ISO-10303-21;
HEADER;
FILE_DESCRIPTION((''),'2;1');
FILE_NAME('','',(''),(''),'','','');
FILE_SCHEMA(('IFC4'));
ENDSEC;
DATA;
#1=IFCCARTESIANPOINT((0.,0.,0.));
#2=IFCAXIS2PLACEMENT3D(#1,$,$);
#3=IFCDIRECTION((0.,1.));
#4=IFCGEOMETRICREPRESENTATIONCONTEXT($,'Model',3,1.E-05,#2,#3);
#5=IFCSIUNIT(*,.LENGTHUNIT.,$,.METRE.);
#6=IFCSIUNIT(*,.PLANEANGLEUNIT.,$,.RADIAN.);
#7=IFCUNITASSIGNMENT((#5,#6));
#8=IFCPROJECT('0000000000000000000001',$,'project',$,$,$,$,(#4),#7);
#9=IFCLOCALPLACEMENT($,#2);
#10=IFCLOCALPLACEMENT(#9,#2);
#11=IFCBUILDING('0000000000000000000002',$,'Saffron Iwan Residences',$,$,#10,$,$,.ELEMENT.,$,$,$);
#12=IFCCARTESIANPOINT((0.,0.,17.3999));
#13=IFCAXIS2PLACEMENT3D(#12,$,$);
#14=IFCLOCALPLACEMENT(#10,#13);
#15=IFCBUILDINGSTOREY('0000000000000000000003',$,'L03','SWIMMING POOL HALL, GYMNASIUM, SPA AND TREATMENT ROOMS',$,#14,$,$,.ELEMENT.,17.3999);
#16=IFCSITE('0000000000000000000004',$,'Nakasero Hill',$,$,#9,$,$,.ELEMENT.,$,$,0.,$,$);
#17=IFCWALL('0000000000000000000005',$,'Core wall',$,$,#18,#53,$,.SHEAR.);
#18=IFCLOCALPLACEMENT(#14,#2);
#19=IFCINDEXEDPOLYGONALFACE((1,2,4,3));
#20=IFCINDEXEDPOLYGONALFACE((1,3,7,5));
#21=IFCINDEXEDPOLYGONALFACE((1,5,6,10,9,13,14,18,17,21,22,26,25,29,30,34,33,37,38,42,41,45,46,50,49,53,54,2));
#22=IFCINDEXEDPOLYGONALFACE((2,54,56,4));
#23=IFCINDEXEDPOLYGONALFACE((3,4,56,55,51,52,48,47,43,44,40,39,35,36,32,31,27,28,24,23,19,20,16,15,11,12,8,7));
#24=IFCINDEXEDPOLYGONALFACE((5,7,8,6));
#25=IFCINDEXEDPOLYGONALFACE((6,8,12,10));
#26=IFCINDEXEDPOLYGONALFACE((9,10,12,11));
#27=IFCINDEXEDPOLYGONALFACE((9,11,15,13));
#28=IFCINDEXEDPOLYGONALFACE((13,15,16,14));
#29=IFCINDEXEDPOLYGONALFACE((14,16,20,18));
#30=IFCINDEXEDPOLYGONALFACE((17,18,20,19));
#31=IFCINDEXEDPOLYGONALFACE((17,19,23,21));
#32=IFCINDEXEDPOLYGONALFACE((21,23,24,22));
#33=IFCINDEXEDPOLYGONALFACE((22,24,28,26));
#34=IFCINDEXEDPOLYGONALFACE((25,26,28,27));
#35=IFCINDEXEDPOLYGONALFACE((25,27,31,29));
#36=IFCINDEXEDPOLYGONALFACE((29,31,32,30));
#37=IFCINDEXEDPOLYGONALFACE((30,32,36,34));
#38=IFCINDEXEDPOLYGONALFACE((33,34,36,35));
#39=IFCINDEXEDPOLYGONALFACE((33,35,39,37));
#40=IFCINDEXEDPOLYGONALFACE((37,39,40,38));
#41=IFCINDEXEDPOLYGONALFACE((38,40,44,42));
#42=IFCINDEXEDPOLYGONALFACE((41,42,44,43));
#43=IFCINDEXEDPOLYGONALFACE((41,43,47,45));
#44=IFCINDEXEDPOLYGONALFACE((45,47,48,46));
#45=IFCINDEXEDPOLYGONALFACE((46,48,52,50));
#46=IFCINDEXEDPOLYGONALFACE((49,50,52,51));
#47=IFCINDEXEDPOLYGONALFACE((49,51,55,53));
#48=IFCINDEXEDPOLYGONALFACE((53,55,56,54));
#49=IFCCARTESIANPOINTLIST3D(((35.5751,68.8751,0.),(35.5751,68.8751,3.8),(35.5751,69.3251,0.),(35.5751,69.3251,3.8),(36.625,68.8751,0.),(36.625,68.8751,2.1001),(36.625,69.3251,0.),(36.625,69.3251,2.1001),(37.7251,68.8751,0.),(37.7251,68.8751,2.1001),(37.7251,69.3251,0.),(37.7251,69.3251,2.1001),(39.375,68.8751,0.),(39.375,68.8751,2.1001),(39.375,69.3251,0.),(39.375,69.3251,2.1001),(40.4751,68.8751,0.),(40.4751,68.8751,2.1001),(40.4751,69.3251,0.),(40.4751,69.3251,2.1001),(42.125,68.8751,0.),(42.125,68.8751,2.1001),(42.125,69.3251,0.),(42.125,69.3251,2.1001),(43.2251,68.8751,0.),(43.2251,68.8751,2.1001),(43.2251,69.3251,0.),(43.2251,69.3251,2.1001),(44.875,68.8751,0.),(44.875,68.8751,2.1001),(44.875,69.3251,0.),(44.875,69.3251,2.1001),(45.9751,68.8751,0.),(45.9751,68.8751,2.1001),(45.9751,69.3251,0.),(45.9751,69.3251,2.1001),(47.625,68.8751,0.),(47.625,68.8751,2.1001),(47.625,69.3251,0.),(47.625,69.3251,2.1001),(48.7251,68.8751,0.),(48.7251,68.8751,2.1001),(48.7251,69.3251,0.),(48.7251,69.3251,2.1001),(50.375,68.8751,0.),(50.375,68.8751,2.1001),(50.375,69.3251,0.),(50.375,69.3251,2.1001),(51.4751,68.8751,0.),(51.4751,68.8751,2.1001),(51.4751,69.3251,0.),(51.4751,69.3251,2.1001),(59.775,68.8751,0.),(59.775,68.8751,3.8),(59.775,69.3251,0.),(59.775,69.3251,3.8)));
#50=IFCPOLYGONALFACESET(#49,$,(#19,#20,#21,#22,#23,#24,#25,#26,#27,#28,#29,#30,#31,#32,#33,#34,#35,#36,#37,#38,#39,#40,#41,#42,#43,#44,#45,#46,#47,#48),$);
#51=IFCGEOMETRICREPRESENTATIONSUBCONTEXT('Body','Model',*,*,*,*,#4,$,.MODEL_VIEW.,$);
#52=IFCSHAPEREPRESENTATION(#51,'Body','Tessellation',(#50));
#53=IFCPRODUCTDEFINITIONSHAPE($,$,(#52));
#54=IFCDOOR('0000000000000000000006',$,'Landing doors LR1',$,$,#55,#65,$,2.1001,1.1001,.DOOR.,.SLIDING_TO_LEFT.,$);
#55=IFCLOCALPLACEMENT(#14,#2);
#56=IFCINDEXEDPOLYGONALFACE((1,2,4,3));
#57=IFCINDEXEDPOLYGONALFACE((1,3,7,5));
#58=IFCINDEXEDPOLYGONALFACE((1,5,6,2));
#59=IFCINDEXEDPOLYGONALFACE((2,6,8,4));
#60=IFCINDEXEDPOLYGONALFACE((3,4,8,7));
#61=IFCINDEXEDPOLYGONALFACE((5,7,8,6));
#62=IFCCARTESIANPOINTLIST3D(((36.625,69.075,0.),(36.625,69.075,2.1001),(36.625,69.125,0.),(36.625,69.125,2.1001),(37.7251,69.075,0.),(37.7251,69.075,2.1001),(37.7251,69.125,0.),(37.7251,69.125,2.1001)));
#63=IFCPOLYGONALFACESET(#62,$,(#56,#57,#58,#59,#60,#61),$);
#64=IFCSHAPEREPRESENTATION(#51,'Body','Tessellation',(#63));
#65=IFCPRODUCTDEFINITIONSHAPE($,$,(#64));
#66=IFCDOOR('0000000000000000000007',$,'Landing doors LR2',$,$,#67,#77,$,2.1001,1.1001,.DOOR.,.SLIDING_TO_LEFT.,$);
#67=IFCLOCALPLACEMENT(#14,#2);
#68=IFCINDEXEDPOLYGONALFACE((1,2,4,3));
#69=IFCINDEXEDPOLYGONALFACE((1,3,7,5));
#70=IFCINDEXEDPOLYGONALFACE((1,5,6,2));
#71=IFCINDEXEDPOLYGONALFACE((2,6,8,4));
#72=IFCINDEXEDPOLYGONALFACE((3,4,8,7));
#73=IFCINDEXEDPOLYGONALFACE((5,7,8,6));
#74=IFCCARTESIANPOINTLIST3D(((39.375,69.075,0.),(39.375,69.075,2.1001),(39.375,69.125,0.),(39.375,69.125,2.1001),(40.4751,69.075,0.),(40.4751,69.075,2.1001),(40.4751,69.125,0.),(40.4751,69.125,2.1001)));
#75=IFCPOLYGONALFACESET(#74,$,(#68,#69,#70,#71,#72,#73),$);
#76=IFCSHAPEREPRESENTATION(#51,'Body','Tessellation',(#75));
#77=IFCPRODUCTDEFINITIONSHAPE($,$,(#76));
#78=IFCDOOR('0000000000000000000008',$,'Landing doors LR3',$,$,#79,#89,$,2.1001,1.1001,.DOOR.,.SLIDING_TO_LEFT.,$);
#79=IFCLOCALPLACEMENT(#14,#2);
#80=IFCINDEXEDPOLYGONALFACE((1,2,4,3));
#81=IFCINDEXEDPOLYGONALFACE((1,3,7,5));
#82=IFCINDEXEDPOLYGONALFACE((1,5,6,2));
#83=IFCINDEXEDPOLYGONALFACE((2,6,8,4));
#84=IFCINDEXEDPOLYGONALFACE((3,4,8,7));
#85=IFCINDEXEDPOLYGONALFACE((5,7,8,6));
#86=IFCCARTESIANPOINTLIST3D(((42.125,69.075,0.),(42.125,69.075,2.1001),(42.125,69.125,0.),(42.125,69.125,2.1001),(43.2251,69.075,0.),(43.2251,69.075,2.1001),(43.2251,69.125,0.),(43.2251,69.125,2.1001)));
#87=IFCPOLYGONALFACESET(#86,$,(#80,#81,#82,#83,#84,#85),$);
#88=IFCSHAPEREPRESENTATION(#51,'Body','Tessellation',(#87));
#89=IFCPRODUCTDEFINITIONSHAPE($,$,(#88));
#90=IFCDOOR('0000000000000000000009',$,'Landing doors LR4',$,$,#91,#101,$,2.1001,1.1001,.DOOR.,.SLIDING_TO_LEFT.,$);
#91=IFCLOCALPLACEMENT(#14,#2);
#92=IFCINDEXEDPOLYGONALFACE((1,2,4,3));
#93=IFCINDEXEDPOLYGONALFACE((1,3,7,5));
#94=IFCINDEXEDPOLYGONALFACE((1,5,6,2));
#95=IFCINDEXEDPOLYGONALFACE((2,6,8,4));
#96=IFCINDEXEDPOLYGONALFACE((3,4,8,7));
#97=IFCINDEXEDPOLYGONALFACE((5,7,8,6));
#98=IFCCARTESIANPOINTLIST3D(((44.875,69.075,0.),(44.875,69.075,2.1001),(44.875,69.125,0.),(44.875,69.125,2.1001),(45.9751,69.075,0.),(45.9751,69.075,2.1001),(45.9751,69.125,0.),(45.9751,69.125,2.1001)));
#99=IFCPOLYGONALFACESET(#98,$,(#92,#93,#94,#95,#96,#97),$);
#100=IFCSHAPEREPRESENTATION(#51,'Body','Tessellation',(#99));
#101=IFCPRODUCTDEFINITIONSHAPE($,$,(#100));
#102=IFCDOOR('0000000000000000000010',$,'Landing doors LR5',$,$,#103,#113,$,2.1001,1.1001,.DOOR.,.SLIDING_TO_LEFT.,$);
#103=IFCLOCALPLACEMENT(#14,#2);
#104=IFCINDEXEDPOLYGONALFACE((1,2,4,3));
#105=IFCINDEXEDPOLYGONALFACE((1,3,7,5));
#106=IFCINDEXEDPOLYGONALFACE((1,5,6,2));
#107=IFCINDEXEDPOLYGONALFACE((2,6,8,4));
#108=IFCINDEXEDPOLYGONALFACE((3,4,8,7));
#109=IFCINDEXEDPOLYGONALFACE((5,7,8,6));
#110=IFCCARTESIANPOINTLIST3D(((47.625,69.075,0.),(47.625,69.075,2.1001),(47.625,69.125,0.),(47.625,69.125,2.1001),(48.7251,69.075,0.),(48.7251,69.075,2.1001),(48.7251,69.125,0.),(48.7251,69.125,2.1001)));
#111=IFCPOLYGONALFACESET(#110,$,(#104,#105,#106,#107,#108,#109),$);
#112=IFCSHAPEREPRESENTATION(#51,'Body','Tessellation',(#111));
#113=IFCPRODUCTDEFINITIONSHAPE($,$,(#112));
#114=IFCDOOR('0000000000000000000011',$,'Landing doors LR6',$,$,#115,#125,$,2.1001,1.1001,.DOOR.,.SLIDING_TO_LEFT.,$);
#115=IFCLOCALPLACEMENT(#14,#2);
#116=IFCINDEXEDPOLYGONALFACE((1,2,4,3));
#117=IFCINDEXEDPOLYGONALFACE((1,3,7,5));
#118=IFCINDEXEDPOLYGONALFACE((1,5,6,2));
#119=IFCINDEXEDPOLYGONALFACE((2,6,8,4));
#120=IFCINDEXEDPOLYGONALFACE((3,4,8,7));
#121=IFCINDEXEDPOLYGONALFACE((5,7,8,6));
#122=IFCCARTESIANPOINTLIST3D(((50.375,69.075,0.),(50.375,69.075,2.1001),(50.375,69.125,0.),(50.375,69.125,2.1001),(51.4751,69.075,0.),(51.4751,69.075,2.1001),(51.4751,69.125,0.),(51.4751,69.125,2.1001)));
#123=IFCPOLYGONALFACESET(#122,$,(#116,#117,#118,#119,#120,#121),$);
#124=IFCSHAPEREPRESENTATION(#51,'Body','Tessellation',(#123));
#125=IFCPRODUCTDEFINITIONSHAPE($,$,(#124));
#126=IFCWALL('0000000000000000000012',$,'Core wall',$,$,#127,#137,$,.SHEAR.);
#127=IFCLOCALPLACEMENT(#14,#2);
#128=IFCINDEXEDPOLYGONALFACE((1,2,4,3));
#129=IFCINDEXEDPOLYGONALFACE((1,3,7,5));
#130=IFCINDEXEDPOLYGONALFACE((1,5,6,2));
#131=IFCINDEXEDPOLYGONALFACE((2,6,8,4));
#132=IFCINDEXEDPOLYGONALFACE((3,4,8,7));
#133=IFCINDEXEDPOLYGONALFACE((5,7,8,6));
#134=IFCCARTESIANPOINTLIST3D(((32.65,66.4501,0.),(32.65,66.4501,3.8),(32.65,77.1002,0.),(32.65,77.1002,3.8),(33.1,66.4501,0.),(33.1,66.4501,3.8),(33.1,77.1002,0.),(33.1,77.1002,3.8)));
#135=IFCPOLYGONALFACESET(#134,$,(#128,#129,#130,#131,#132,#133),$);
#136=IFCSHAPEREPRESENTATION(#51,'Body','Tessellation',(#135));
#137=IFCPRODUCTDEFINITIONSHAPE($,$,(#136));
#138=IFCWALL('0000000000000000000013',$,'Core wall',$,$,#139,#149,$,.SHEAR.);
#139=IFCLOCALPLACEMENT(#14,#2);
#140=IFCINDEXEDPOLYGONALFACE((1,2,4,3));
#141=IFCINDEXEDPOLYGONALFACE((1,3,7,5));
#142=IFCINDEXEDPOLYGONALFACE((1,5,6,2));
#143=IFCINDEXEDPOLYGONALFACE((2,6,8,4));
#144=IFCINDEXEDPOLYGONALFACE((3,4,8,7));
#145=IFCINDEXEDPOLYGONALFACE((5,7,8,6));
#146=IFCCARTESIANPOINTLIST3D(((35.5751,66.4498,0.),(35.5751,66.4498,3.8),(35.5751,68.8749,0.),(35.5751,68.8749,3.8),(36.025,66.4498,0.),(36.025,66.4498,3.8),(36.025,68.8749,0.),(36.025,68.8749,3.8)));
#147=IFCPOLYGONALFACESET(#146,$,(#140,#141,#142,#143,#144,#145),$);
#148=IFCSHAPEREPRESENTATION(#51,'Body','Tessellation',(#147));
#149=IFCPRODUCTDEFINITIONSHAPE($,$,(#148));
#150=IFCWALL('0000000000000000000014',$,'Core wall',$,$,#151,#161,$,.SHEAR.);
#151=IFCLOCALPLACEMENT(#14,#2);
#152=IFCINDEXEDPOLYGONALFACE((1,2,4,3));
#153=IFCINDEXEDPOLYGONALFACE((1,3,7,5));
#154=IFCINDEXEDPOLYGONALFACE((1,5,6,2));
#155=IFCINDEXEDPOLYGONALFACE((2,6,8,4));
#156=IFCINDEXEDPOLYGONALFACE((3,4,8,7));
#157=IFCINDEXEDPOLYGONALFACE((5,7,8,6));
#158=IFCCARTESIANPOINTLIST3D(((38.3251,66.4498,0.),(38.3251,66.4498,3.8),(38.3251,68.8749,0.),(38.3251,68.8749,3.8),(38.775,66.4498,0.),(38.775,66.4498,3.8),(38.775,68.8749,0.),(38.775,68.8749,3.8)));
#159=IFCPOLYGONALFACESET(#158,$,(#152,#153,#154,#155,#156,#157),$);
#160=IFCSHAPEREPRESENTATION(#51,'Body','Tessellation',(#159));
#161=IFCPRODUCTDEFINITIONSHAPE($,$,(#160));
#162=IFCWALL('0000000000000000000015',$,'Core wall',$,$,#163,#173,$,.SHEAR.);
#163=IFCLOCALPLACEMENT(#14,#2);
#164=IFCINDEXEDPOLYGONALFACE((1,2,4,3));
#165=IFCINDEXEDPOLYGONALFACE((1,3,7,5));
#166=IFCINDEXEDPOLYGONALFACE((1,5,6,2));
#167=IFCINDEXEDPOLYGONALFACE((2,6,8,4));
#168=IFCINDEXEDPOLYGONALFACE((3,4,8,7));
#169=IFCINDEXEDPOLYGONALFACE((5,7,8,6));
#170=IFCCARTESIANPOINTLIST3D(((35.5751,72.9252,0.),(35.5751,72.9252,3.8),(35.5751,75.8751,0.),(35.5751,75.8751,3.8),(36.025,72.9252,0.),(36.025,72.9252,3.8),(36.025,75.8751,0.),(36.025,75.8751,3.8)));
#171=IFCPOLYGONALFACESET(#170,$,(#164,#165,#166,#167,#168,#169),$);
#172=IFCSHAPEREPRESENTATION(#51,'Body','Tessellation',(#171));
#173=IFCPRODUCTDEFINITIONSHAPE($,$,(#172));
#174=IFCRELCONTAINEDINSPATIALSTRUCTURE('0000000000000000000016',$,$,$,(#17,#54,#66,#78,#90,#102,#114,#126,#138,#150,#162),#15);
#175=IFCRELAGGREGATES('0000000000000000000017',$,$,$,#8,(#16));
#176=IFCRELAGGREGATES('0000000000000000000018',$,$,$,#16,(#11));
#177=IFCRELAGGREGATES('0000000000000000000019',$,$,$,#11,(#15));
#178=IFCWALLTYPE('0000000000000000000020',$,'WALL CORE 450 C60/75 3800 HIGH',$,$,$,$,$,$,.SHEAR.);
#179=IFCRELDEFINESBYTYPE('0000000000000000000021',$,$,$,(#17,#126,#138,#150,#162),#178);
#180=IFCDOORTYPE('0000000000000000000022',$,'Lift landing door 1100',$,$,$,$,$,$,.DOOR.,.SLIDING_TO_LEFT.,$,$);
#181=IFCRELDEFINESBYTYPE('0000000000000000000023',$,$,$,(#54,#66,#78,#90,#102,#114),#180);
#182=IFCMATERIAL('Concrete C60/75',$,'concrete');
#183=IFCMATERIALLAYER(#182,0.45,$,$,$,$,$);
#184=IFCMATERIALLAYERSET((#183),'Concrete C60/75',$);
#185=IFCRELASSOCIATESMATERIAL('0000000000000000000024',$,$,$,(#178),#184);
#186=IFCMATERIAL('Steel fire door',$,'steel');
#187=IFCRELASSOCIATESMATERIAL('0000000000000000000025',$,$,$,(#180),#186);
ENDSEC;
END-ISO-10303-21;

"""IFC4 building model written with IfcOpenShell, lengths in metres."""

from ifc_helpers import new_model, si_unit, direction, frame, frame_2d, origin, place, context, subcontext, project, spatial, rectangle, extrude, material, layer, layer_set, type_object, element, fill, save


model = new_model("IFC4")

# Units and contexts
model_context = context("Model", 3, precision=1e-05, world=origin(), true_north=direction((0.0, 1.0)))
body_context = subcontext(model_context, "Body", "Model", "MODEL_VIEW")
ifc_project = project(units=[si_unit("LENGTHUNIT", "METRE"), si_unit("PLANEANGLEUNIT", "RADIAN")], contexts=[model_context])

# Site, building, storey
site_placement = place(None, origin())
site = spatial("IfcSite", under=ifc_project, at=site_placement, Name="Nakasero Hill", CompositionType="ELEMENT", RefElevation=0.0)
building_placement = place(site_placement, origin())
building = spatial("IfcBuilding", under=site, at=building_placement, Name="Saffron Iwan Residences", CompositionType="ELEMENT")
storey_placement = place(building_placement, frame((0.0, 0.0, 17.3999)))
storey = spatial("IfcBuildingStorey", under=building, at=storey_placement, Name="L03", Description="SWIMMING POOL HALL, GYMNASIUM, SPA AND TREATMENT ROOMS", CompositionType="ELEMENT", Elevation=17.3999)

# Wall, openings, doors
ifc_material_1 = material(Name="Concrete C60/75", Category="concrete")
ifc_layer = layer(ifc_material_1, 0.45)
ifc_layer_set = layer_set([ifc_layer], Name="Concrete C60/75")
wall_type = type_object("IfcWallType", Name="WALL CORE 450 C60/75 3800 HIGH", PredefinedType="SHEAR", material=ifc_layer_set)
wall_1_placement = place(storey_placement, frame((35.575, 69.1001, 0.0), z_axis=(0.0, 0.0, 1.0), x_axis=(1.0, 0.0, 0.0)))
wall_1 = element("IfcWall", 1, at=wall_1_placement, inside=storey, type_object=wall_type, Name="Core wall", PredefinedType="SHEAR", context=body_context, shape_type="SweptSolid", body=[
    extrude(rectangle(XDim=24.2, YDim=0.45, at=frame_2d((12.1001, 0.0))), origin(), (0.0, 0.0, 1.0), 3.8),
])
opening_1_placement = place(wall_1_placement, frame((1.05, 0.0, 0.0)))
opening_1 = element("IfcOpeningElement", 2, at=opening_1_placement, cuts=wall_1, PredefinedType="OPENING", context=body_context, shape_type="SweptSolid", body=[
    extrude(rectangle(XDim=1.1001, YDim=2.1001, at=frame_2d((0.55, 1.05))), frame((0.0, 0.2349, 0.0), z_axis=(0.0, -1.0, 0.0), x_axis=(1.0, 0.0, 0.0)), (0.0, 0.0, 1.0), 0.47),
])
opening_2_placement = place(wall_1_placement, frame((3.8, 0.0, 0.0)))
opening_2 = element("IfcOpeningElement", 3, at=opening_2_placement, cuts=wall_1, PredefinedType="OPENING", context=body_context, shape_type="SweptSolid", body=[
    extrude(rectangle(XDim=1.1001, YDim=2.1001, at=frame_2d((0.55, 1.05))), frame((0.0, 0.2349, 0.0), z_axis=(0.0, -1.0, 0.0), x_axis=(1.0, 0.0, 0.0)), (0.0, 0.0, 1.0), 0.47),
])
opening_3_placement = place(wall_1_placement, frame((6.55, 0.0, 0.0)))
opening_3 = element("IfcOpeningElement", 4, at=opening_3_placement, cuts=wall_1, PredefinedType="OPENING", context=body_context, shape_type="SweptSolid", body=[
    extrude(rectangle(XDim=1.1001, YDim=2.1001, at=frame_2d((0.55, 1.05))), frame((0.0, 0.2349, 0.0), z_axis=(0.0, -1.0, 0.0), x_axis=(1.0, 0.0, 0.0)), (0.0, 0.0, 1.0), 0.47),
])
opening_4_placement = place(wall_1_placement, frame((9.3, 0.0, 0.0)))
opening_4 = element("IfcOpeningElement", 5, at=opening_4_placement, cuts=wall_1, PredefinedType="OPENING", context=body_context, shape_type="SweptSolid", body=[
    extrude(rectangle(XDim=1.1001, YDim=2.1001, at=frame_2d((0.55, 1.05))), frame((0.0, 0.2349, 0.0), z_axis=(0.0, -1.0, 0.0), x_axis=(1.0, 0.0, 0.0)), (0.0, 0.0, 1.0), 0.47),
])
opening_5_placement = place(wall_1_placement, frame((12.05, 0.0, 0.0)))
opening_5 = element("IfcOpeningElement", 6, at=opening_5_placement, cuts=wall_1, PredefinedType="OPENING", context=body_context, shape_type="SweptSolid", body=[
    extrude(rectangle(XDim=1.1001, YDim=2.1001, at=frame_2d((0.55, 1.05))), frame((0.0, 0.2349, 0.0), z_axis=(0.0, -1.0, 0.0), x_axis=(1.0, 0.0, 0.0)), (0.0, 0.0, 1.0), 0.47),
])
opening_6_placement = place(wall_1_placement, frame((14.8, 0.0, 0.0)))
opening_6 = element("IfcOpeningElement", 7, at=opening_6_placement, cuts=wall_1, PredefinedType="OPENING", context=body_context, shape_type="SweptSolid", body=[
    extrude(rectangle(XDim=1.1001, YDim=2.1001, at=frame_2d((0.55, 1.05))), frame((0.0, 0.2349, 0.0), z_axis=(0.0, -1.0, 0.0), x_axis=(1.0, 0.0, 0.0)), (0.0, 0.0, 1.0), 0.47),
])
ifc_material_2 = material(Name="Steel fire door", Category="steel")
door_type_1 = type_object("IfcDoorType", Name="Lift landing door 1100", OperationType="SLIDING_TO_LEFT", PredefinedType="DOOR", material=ifc_material_2)
door_1_placement = place(opening_1_placement, origin())
door_1 = element("IfcDoor", 8, at=door_1_placement, inside=storey, type_object=door_type_1, Name="Landing doors LR1", OperationType="SLIDING_TO_LEFT", OverallHeight=2.1001, OverallWidth=1.1001, PredefinedType="DOOR", context=body_context, shape_type="SweptSolid", body=[
    extrude(rectangle(XDim=1.1001, YDim=2.1001, at=frame_2d((0.55, 1.05))), frame((0.0, 0.0249, 0.0), z_axis=(0.0, -1.0, 0.0), x_axis=(1.0, 0.0, 0.0)), (0.0, 0.0, 1.0), 0.05),
])
fill(opening_1, door_1)
door_2_placement = place(opening_2_placement, origin())
door_2 = element("IfcDoor", 9, at=door_2_placement, inside=storey, type_object=door_type_1, Name="Landing doors LR2", OperationType="SLIDING_TO_LEFT", OverallHeight=2.1001, OverallWidth=1.1001, PredefinedType="DOOR", context=body_context, shape_type="SweptSolid", body=[
    extrude(rectangle(XDim=1.1001, YDim=2.1001, at=frame_2d((0.55, 1.05))), frame((0.0, 0.0249, 0.0), z_axis=(0.0, -1.0, 0.0), x_axis=(1.0, 0.0, 0.0)), (0.0, 0.0, 1.0), 0.05),
])
fill(opening_2, door_2)
door_3_placement = place(opening_3_placement, origin())
door_3 = element("IfcDoor", 10, at=door_3_placement, inside=storey, type_object=door_type_1, Name="Landing doors LR3", OperationType="SLIDING_TO_LEFT", OverallHeight=2.1001, OverallWidth=1.1001, PredefinedType="DOOR", context=body_context, shape_type="SweptSolid", body=[
    extrude(rectangle(XDim=1.1001, YDim=2.1001, at=frame_2d((0.55, 1.05))), frame((0.0, 0.0249, 0.0), z_axis=(0.0, -1.0, 0.0), x_axis=(1.0, 0.0, 0.0)), (0.0, 0.0, 1.0), 0.05),
])
fill(opening_3, door_3)
door_4_placement = place(opening_4_placement, origin())
door_4 = element("IfcDoor", 11, at=door_4_placement, inside=storey, type_object=door_type_1, Name="Landing doors LR4", OperationType="SLIDING_TO_LEFT", OverallHeight=2.1001, OverallWidth=1.1001, PredefinedType="DOOR", context=body_context, shape_type="SweptSolid", body=[
    extrude(rectangle(XDim=1.1001, YDim=2.1001, at=frame_2d((0.55, 1.05))), frame((0.0, 0.0249, 0.0), z_axis=(0.0, -1.0, 0.0), x_axis=(1.0, 0.0, 0.0)), (0.0, 0.0, 1.0), 0.05),
])
fill(opening_4, door_4)
door_5_placement = place(opening_5_placement, origin())
door_5 = element("IfcDoor", 12, at=door_5_placement, inside=storey, type_object=door_type_1, Name="Landing doors LR5", OperationType="SLIDING_TO_LEFT", OverallHeight=2.1001, OverallWidth=1.1001, PredefinedType="DOOR", context=body_context, shape_type="SweptSolid", body=[
    extrude(rectangle(XDim=1.1001, YDim=2.1001, at=frame_2d((0.55, 1.05))), frame((0.0, 0.0249, 0.0), z_axis=(0.0, -1.0, 0.0), x_axis=(1.0, 0.0, 0.0)), (0.0, 0.0, 1.0), 0.05),
])
fill(opening_5, door_5)
door_6_placement = place(opening_6_placement, origin())
door_6 = element("IfcDoor", 13, at=door_6_placement, inside=storey, type_object=door_type_1, Name="Landing doors LR6", OperationType="SLIDING_TO_LEFT", OverallHeight=2.1001, OverallWidth=1.1001, PredefinedType="DOOR", context=body_context, shape_type="SweptSolid", body=[
    extrude(rectangle(XDim=1.1001, YDim=2.1001, at=frame_2d((0.55, 1.05))), frame((0.0, 0.0249, 0.0), z_axis=(0.0, -1.0, 0.0), x_axis=(1.0, 0.0, 0.0)), (0.0, 0.0, 1.0), 0.05),
])
fill(opening_6, door_6)

# Walls
wall_2_placement = place(storey_placement, frame((32.875, 66.45, 0.0), z_axis=(0.0, 0.0, 1.0), x_axis=(0.0, 1.0, 0.0)))
element("IfcWall", 14, at=wall_2_placement, inside=storey, type_object=wall_type, Name="Core wall", PredefinedType="SHEAR", context=body_context, shape_type="SweptSolid", body=[
    extrude(rectangle(XDim=10.6501, YDim=0.45, at=frame_2d((5.3252, 0.0))), origin(), (0.0, 0.0, 1.0), 3.8),
])
for number, where, z_axis, x_axis, name in (
    (15, (35.8, 66.45, 0.0), (0.0, 0.0, 1.0), (0.0, 1.0, 0.0), "Core wall"),
    (16, (38.55, 66.45, 0.0), (0.0, 0.0, 1.0), (0.0, 1.0, 0.0), "Core wall"),
):
    element("IfcWall", number, at=place(storey_placement, frame(where, z_axis=z_axis, x_axis=x_axis)), inside=storey, type_object=wall_type, Name=name, PredefinedType="SHEAR", context=body_context, shape_type="SweptSolid", body=[
        extrude(rectangle(XDim=2.425, YDim=0.45, at=frame_2d((1.2124, 0.0))), origin(), (0.0, 0.0, 1.0), 3.8),
    ])
wall_3_placement = place(storey_placement, frame((35.8, 72.925, 0.0), z_axis=(0.0, 0.0, 1.0), x_axis=(0.0, 1.0, 0.0)))
element("IfcWall", 17, at=wall_3_placement, inside=storey, type_object=wall_type, Name="Core wall", PredefinedType="SHEAR", context=body_context, shape_type="SweptSolid", body=[
    extrude(rectangle(XDim=2.95, YDim=0.45, at=frame_2d((1.4751, 0.0))), origin(), (0.0, 0.0, 1.0), 3.8),
])

save(model, "model.ifc")
